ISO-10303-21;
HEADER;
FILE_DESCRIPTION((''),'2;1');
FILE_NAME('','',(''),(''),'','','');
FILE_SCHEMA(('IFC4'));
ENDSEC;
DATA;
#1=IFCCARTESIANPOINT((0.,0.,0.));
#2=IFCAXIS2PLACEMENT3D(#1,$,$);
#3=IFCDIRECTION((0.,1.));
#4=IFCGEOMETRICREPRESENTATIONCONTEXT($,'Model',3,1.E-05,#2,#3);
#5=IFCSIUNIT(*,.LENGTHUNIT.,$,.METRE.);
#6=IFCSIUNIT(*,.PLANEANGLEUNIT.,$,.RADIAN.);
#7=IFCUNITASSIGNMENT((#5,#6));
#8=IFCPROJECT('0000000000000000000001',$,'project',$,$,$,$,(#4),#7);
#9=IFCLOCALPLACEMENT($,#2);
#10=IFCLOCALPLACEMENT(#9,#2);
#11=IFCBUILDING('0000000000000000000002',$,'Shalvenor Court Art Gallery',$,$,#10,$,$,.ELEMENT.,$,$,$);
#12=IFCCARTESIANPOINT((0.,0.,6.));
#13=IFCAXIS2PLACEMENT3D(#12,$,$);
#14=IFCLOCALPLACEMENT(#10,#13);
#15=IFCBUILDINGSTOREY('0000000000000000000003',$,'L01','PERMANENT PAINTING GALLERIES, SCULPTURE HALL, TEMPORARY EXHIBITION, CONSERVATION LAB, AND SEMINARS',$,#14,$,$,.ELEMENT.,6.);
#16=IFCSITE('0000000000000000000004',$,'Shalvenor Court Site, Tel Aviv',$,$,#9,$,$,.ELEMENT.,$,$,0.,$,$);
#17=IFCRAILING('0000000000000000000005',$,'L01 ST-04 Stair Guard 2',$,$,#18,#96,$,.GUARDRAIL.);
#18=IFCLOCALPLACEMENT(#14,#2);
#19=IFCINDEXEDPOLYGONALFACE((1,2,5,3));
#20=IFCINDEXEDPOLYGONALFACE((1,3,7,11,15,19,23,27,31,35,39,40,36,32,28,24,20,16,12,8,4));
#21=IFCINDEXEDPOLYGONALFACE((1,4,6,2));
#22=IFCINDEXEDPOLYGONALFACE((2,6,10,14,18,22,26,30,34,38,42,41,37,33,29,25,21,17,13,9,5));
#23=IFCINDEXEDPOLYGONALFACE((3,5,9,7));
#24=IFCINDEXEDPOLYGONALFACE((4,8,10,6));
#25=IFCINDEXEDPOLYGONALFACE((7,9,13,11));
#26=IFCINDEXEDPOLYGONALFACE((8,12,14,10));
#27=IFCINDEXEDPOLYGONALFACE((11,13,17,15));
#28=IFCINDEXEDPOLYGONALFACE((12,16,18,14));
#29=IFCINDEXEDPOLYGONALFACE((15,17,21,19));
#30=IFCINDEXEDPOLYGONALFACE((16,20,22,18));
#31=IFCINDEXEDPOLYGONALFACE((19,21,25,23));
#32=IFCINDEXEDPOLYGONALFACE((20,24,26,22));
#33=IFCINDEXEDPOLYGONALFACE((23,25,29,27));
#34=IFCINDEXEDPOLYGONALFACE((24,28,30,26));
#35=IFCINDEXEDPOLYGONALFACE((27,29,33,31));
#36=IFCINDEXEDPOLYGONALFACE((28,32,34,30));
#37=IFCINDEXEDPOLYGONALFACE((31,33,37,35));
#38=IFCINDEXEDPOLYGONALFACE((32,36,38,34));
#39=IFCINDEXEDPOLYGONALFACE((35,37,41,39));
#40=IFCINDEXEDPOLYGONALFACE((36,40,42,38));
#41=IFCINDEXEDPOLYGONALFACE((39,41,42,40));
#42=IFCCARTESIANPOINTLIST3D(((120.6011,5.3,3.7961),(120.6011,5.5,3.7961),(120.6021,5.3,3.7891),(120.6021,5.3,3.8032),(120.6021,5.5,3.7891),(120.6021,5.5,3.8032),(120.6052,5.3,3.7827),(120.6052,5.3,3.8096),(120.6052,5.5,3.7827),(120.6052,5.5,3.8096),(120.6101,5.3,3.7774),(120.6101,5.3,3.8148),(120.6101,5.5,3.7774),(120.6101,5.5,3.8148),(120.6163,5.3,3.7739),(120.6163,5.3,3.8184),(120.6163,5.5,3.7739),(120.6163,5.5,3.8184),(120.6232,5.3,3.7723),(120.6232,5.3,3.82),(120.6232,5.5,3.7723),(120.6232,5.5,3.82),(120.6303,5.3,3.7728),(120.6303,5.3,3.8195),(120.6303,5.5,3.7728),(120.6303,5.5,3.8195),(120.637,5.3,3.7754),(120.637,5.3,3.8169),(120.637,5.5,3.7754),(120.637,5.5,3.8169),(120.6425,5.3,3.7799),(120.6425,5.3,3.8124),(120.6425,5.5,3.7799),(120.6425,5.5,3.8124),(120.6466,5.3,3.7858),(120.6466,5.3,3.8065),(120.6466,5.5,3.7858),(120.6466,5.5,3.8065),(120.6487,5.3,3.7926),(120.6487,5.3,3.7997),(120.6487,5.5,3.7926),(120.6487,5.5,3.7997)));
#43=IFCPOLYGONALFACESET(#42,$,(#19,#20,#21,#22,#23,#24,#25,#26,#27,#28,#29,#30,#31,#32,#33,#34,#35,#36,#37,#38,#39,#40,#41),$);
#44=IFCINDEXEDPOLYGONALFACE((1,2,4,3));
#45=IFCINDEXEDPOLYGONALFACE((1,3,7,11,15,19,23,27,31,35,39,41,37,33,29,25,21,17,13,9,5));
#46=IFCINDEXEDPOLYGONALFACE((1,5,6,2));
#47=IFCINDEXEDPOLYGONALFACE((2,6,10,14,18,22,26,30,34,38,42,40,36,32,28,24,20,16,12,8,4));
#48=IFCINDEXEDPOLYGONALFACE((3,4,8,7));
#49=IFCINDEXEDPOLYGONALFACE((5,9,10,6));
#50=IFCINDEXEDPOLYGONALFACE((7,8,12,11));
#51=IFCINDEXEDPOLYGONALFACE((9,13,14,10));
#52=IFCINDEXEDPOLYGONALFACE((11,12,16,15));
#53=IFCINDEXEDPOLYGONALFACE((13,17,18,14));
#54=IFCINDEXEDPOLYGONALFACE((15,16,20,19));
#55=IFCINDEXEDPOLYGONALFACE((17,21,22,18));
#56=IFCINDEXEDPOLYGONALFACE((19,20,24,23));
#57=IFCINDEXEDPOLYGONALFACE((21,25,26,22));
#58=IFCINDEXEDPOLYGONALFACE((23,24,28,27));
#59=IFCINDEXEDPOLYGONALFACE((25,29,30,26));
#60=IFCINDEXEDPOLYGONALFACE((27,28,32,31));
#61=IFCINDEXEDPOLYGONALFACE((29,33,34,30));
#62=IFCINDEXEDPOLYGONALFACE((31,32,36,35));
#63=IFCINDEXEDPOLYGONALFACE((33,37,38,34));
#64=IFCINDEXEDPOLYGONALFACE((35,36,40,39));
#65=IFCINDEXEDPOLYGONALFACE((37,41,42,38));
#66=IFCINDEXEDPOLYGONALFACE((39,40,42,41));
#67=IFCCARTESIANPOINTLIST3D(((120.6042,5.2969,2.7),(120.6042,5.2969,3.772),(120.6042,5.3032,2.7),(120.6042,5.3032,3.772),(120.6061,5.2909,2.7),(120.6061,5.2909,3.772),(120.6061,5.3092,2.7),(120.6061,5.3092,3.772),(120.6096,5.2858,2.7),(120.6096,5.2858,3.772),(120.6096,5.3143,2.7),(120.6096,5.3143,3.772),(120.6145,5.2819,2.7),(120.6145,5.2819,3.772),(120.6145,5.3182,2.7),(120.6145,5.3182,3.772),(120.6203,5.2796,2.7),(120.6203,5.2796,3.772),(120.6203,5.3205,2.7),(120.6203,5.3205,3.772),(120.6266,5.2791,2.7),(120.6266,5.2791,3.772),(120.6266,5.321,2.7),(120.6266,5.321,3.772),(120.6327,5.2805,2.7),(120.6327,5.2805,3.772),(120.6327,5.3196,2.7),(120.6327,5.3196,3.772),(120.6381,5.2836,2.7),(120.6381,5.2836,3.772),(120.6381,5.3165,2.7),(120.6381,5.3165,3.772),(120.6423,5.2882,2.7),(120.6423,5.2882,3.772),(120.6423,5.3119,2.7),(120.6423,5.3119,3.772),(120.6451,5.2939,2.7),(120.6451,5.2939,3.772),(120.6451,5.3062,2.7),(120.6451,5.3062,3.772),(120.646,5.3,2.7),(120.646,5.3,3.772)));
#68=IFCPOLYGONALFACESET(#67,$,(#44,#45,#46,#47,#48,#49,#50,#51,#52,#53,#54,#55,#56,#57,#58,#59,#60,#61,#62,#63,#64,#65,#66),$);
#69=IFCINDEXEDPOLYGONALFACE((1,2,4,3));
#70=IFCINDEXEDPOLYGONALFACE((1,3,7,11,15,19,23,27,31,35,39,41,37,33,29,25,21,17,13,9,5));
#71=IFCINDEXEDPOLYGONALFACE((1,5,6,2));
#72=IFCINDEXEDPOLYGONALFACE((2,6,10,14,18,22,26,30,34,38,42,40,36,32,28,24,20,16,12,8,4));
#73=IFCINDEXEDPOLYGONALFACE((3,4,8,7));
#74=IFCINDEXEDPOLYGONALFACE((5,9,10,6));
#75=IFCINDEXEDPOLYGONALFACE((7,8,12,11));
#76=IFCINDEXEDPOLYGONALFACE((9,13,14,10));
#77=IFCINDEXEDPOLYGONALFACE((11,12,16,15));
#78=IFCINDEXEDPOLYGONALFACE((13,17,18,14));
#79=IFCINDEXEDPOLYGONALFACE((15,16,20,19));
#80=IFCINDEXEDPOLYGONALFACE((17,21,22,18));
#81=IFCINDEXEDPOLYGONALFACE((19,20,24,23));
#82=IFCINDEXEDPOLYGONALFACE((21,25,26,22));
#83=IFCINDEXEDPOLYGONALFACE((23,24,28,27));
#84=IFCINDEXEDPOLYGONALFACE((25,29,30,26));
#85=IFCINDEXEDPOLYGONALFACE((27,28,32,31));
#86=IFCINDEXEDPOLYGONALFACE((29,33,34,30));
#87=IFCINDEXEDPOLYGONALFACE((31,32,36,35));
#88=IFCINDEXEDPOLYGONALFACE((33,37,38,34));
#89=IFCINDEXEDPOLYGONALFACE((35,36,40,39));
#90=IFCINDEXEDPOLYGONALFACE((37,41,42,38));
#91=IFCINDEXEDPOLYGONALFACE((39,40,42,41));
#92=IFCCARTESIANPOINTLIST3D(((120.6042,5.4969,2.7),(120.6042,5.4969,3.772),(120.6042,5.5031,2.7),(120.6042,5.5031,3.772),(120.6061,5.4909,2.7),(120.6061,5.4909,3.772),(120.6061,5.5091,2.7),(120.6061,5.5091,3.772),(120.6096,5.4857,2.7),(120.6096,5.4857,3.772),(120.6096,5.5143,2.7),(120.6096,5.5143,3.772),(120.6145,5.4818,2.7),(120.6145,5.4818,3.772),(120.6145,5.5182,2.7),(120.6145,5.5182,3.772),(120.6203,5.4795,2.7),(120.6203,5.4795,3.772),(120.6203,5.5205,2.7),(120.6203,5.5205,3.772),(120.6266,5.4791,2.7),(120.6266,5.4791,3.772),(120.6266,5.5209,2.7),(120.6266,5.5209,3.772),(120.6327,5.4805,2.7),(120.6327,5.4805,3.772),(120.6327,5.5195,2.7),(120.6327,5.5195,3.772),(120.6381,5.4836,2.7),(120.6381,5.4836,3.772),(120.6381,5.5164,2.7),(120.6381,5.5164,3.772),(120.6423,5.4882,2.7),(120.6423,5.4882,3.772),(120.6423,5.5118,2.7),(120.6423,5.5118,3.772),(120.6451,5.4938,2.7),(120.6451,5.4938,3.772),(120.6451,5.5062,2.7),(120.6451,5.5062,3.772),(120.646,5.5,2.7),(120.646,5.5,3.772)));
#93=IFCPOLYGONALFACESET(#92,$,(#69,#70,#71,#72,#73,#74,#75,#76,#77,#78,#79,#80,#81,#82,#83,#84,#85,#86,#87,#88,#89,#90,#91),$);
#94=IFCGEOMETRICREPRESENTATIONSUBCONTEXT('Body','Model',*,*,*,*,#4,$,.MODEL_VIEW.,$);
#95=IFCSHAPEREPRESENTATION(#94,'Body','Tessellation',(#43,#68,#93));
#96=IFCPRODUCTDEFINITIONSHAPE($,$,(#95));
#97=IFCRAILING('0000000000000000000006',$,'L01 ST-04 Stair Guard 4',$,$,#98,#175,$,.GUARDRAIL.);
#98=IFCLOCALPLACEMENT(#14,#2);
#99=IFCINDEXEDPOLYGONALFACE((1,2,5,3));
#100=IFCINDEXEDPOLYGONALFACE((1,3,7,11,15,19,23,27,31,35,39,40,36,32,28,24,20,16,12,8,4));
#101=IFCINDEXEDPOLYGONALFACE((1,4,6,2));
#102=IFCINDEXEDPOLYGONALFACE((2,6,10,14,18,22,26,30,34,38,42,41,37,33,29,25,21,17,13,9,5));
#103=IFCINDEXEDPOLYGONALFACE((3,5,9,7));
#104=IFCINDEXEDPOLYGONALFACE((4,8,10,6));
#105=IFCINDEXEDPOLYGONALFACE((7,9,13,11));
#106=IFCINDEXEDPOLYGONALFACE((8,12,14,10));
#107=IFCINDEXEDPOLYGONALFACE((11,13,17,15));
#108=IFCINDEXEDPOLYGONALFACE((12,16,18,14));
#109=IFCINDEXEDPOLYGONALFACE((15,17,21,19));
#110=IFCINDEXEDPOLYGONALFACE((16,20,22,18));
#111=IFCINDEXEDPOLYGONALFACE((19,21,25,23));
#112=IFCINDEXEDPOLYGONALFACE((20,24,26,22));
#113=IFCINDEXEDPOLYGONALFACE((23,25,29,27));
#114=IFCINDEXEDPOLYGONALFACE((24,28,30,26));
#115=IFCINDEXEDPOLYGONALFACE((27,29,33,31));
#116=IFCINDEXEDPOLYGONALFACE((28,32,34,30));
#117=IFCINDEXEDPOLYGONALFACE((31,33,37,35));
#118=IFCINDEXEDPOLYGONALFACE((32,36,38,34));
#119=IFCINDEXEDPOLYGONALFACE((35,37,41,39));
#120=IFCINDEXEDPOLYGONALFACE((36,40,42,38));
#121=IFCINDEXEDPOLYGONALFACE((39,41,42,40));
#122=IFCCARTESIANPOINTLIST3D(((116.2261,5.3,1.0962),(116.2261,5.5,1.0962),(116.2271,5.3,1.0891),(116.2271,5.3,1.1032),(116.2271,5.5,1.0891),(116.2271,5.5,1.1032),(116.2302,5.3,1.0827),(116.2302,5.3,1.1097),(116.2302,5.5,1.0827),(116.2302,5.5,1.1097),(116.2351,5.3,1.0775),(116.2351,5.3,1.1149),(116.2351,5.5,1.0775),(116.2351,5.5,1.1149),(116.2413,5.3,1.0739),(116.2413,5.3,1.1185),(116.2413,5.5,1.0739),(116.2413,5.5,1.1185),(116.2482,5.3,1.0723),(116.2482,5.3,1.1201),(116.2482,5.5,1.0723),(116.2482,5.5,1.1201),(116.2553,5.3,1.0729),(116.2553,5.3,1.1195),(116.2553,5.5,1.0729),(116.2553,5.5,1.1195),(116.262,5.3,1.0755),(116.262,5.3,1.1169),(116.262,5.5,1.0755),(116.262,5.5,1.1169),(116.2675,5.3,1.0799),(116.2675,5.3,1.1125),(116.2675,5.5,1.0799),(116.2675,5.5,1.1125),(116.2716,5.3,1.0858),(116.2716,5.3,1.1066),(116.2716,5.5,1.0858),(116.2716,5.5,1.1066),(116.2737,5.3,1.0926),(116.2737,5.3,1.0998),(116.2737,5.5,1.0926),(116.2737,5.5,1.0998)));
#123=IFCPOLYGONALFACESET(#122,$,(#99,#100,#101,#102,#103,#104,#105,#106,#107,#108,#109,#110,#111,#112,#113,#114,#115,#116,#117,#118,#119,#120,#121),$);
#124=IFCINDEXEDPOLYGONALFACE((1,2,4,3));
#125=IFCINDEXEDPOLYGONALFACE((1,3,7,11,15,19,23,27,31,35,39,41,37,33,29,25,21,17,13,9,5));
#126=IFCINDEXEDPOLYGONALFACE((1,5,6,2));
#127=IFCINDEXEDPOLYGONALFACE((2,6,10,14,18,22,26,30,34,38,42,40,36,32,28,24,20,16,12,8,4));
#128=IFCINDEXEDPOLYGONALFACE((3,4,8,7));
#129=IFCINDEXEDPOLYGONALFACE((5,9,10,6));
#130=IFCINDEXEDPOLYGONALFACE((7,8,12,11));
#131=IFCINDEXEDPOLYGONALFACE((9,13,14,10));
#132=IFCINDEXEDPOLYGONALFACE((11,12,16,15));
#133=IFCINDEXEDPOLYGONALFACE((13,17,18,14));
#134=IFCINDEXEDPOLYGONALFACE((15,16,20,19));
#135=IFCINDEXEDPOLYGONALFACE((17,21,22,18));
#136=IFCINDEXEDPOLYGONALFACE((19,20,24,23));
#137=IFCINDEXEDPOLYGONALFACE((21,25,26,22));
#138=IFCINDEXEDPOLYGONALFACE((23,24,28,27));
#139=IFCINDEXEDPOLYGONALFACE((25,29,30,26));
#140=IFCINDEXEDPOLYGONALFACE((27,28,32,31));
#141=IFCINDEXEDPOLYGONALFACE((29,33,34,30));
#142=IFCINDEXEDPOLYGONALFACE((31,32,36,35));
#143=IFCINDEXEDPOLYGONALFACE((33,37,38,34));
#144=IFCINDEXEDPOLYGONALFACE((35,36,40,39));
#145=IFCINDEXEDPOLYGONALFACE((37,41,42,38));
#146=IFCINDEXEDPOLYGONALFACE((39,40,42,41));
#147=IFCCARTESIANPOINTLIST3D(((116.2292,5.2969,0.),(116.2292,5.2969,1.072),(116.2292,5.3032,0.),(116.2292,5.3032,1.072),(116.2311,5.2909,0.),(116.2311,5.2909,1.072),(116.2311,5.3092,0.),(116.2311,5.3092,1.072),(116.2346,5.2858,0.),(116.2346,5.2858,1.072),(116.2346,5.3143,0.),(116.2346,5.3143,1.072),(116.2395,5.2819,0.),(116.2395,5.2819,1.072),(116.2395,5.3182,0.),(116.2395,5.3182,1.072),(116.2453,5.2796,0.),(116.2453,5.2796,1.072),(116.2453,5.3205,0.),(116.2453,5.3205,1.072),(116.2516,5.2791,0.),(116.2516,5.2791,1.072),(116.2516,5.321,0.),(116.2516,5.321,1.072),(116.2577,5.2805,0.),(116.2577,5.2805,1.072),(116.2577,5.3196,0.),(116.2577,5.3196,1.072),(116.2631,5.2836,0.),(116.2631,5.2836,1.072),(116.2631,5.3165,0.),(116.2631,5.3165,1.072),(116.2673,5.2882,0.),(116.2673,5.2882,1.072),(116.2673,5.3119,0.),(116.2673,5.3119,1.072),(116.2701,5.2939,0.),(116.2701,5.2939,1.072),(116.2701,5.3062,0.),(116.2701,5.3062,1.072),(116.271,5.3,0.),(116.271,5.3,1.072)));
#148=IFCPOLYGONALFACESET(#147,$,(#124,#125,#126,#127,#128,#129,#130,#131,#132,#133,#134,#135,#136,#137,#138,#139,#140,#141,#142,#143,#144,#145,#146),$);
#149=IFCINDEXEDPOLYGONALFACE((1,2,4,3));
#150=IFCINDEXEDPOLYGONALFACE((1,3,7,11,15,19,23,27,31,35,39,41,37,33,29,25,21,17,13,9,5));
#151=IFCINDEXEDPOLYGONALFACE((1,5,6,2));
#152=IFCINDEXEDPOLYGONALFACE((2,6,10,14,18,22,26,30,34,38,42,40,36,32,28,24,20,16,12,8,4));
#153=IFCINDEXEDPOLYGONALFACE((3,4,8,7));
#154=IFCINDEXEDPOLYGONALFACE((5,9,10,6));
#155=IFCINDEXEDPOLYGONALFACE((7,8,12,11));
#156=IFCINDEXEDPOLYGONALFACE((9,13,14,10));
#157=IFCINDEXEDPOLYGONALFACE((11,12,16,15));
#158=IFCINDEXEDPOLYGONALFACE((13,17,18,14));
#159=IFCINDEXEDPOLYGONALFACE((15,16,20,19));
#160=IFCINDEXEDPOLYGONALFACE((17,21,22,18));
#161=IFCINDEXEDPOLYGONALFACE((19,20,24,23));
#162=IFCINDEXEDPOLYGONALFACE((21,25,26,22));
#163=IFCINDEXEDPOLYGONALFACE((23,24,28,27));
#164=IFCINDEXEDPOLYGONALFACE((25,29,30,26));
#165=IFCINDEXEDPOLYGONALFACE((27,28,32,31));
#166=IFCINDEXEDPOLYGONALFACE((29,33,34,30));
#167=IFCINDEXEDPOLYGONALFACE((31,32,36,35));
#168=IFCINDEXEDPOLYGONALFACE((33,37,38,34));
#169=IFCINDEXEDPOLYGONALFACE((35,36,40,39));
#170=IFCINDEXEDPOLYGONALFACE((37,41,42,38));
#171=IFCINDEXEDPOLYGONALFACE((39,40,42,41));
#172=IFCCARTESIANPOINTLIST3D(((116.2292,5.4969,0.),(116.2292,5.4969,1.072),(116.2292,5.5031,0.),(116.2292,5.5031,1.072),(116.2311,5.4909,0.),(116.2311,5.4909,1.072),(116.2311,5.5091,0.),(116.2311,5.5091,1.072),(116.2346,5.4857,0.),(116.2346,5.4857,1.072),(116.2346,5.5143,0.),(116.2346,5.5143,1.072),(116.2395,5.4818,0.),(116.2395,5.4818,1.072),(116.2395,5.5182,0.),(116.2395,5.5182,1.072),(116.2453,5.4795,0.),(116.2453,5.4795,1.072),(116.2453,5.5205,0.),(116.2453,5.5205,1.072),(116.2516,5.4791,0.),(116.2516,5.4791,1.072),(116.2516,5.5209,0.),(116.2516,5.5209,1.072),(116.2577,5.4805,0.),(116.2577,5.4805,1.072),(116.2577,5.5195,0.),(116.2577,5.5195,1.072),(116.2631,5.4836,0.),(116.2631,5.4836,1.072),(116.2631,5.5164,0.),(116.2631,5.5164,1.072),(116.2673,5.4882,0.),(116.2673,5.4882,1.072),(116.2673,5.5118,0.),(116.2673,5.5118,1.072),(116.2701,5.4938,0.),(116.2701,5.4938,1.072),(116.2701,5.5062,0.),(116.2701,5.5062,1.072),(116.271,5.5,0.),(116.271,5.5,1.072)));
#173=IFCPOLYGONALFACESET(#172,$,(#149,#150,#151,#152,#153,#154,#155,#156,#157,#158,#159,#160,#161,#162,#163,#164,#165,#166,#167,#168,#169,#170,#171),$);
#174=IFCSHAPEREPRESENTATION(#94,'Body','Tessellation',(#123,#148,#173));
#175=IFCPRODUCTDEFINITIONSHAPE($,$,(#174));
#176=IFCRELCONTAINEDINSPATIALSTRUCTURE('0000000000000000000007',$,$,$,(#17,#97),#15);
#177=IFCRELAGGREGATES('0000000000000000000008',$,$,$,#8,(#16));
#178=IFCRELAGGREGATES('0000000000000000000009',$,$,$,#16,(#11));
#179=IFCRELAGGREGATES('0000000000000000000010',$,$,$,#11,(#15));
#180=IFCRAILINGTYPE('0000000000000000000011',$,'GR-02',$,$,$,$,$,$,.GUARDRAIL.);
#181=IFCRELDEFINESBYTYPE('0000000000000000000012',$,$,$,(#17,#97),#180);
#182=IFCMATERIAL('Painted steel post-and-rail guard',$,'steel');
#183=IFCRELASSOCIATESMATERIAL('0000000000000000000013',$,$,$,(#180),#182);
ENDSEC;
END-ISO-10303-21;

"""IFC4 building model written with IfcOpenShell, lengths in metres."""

from ifc_helpers import new_model, si_unit, direction, frame, origin, origin_2d, place, context, subcontext, project, spatial, circle, extrude, material, type_object, element, save


model = new_model("IFC4")

# Units and contexts
model_context = context("Model", 3, precision=1e-05, world=origin(), true_north=direction((0.0, 1.0)))
body_context = subcontext(model_context, "Body", "Model", "MODEL_VIEW")
ifc_project = project(units=[si_unit("LENGTHUNIT", "METRE"), si_unit("PLANEANGLEUNIT", "RADIAN")], contexts=[model_context])

# Site, building, storey
site_placement = place(None, origin())
site = spatial("IfcSite", under=ifc_project, at=site_placement, Name="Shalvenor Court Site, Tel Aviv", CompositionType="ELEMENT", RefElevation=0.0)
building_placement = place(site_placement, origin())
building = spatial("IfcBuilding", under=site, at=building_placement, Name="Shalvenor Court Art Gallery", CompositionType="ELEMENT")
storey_placement = place(building_placement, frame((0.0, 0.0, 6.0)))
storey = spatial("IfcBuildingStorey", under=building, at=storey_placement, Name="L01", Description="PERMANENT PAINTING GALLERIES, SCULPTURE HALL, TEMPORARY EXHIBITION, CONSERVATION LAB, AND SEMINARS", CompositionType="ELEMENT", Elevation=6.0)

# Railings
ifc_material_1 = material(Name="Painted steel post-and-rail guard", Category="steel")
railing_type_1 = type_object("IfcRailingType", Name="GR-02", PredefinedType="GUARDRAIL", material=ifc_material_1)
for number, where, name in (
    (1, (120.625, 5.3, 2.7), "L01 ST-04 Stair Guard 2"),
    (2, (116.25, 5.3, 0.0), "L01 ST-04 Stair Guard 4"),
):
    element("IfcRailing", number, at=place(storey_placement, frame(where)), inside=storey, type_object=railing_type_1, Name=name, PredefinedType="GUARDRAIL", context=body_context, shape_type="SweptSolid", body=[
        extrude(circle(Radius=0.0239, at=origin_2d()), frame((0.0, 0.0, 1.0962), z_axis=(0.0, 1.0, 0.0), x_axis=(-1.0, 0.0, 0.0)), (0.0, 0.0, 1.0), 0.2),
        extrude(circle(Radius=0.021, at=origin_2d()), origin(), (0.0, 0.0, 1.0), 1.072),
        extrude(circle(Radius=0.021, at=origin_2d()), frame((0.0, 0.2, 0.0)), (0.0, 0.0, 1.0), 1.072),
    ])

save(model, "model.ifc")
